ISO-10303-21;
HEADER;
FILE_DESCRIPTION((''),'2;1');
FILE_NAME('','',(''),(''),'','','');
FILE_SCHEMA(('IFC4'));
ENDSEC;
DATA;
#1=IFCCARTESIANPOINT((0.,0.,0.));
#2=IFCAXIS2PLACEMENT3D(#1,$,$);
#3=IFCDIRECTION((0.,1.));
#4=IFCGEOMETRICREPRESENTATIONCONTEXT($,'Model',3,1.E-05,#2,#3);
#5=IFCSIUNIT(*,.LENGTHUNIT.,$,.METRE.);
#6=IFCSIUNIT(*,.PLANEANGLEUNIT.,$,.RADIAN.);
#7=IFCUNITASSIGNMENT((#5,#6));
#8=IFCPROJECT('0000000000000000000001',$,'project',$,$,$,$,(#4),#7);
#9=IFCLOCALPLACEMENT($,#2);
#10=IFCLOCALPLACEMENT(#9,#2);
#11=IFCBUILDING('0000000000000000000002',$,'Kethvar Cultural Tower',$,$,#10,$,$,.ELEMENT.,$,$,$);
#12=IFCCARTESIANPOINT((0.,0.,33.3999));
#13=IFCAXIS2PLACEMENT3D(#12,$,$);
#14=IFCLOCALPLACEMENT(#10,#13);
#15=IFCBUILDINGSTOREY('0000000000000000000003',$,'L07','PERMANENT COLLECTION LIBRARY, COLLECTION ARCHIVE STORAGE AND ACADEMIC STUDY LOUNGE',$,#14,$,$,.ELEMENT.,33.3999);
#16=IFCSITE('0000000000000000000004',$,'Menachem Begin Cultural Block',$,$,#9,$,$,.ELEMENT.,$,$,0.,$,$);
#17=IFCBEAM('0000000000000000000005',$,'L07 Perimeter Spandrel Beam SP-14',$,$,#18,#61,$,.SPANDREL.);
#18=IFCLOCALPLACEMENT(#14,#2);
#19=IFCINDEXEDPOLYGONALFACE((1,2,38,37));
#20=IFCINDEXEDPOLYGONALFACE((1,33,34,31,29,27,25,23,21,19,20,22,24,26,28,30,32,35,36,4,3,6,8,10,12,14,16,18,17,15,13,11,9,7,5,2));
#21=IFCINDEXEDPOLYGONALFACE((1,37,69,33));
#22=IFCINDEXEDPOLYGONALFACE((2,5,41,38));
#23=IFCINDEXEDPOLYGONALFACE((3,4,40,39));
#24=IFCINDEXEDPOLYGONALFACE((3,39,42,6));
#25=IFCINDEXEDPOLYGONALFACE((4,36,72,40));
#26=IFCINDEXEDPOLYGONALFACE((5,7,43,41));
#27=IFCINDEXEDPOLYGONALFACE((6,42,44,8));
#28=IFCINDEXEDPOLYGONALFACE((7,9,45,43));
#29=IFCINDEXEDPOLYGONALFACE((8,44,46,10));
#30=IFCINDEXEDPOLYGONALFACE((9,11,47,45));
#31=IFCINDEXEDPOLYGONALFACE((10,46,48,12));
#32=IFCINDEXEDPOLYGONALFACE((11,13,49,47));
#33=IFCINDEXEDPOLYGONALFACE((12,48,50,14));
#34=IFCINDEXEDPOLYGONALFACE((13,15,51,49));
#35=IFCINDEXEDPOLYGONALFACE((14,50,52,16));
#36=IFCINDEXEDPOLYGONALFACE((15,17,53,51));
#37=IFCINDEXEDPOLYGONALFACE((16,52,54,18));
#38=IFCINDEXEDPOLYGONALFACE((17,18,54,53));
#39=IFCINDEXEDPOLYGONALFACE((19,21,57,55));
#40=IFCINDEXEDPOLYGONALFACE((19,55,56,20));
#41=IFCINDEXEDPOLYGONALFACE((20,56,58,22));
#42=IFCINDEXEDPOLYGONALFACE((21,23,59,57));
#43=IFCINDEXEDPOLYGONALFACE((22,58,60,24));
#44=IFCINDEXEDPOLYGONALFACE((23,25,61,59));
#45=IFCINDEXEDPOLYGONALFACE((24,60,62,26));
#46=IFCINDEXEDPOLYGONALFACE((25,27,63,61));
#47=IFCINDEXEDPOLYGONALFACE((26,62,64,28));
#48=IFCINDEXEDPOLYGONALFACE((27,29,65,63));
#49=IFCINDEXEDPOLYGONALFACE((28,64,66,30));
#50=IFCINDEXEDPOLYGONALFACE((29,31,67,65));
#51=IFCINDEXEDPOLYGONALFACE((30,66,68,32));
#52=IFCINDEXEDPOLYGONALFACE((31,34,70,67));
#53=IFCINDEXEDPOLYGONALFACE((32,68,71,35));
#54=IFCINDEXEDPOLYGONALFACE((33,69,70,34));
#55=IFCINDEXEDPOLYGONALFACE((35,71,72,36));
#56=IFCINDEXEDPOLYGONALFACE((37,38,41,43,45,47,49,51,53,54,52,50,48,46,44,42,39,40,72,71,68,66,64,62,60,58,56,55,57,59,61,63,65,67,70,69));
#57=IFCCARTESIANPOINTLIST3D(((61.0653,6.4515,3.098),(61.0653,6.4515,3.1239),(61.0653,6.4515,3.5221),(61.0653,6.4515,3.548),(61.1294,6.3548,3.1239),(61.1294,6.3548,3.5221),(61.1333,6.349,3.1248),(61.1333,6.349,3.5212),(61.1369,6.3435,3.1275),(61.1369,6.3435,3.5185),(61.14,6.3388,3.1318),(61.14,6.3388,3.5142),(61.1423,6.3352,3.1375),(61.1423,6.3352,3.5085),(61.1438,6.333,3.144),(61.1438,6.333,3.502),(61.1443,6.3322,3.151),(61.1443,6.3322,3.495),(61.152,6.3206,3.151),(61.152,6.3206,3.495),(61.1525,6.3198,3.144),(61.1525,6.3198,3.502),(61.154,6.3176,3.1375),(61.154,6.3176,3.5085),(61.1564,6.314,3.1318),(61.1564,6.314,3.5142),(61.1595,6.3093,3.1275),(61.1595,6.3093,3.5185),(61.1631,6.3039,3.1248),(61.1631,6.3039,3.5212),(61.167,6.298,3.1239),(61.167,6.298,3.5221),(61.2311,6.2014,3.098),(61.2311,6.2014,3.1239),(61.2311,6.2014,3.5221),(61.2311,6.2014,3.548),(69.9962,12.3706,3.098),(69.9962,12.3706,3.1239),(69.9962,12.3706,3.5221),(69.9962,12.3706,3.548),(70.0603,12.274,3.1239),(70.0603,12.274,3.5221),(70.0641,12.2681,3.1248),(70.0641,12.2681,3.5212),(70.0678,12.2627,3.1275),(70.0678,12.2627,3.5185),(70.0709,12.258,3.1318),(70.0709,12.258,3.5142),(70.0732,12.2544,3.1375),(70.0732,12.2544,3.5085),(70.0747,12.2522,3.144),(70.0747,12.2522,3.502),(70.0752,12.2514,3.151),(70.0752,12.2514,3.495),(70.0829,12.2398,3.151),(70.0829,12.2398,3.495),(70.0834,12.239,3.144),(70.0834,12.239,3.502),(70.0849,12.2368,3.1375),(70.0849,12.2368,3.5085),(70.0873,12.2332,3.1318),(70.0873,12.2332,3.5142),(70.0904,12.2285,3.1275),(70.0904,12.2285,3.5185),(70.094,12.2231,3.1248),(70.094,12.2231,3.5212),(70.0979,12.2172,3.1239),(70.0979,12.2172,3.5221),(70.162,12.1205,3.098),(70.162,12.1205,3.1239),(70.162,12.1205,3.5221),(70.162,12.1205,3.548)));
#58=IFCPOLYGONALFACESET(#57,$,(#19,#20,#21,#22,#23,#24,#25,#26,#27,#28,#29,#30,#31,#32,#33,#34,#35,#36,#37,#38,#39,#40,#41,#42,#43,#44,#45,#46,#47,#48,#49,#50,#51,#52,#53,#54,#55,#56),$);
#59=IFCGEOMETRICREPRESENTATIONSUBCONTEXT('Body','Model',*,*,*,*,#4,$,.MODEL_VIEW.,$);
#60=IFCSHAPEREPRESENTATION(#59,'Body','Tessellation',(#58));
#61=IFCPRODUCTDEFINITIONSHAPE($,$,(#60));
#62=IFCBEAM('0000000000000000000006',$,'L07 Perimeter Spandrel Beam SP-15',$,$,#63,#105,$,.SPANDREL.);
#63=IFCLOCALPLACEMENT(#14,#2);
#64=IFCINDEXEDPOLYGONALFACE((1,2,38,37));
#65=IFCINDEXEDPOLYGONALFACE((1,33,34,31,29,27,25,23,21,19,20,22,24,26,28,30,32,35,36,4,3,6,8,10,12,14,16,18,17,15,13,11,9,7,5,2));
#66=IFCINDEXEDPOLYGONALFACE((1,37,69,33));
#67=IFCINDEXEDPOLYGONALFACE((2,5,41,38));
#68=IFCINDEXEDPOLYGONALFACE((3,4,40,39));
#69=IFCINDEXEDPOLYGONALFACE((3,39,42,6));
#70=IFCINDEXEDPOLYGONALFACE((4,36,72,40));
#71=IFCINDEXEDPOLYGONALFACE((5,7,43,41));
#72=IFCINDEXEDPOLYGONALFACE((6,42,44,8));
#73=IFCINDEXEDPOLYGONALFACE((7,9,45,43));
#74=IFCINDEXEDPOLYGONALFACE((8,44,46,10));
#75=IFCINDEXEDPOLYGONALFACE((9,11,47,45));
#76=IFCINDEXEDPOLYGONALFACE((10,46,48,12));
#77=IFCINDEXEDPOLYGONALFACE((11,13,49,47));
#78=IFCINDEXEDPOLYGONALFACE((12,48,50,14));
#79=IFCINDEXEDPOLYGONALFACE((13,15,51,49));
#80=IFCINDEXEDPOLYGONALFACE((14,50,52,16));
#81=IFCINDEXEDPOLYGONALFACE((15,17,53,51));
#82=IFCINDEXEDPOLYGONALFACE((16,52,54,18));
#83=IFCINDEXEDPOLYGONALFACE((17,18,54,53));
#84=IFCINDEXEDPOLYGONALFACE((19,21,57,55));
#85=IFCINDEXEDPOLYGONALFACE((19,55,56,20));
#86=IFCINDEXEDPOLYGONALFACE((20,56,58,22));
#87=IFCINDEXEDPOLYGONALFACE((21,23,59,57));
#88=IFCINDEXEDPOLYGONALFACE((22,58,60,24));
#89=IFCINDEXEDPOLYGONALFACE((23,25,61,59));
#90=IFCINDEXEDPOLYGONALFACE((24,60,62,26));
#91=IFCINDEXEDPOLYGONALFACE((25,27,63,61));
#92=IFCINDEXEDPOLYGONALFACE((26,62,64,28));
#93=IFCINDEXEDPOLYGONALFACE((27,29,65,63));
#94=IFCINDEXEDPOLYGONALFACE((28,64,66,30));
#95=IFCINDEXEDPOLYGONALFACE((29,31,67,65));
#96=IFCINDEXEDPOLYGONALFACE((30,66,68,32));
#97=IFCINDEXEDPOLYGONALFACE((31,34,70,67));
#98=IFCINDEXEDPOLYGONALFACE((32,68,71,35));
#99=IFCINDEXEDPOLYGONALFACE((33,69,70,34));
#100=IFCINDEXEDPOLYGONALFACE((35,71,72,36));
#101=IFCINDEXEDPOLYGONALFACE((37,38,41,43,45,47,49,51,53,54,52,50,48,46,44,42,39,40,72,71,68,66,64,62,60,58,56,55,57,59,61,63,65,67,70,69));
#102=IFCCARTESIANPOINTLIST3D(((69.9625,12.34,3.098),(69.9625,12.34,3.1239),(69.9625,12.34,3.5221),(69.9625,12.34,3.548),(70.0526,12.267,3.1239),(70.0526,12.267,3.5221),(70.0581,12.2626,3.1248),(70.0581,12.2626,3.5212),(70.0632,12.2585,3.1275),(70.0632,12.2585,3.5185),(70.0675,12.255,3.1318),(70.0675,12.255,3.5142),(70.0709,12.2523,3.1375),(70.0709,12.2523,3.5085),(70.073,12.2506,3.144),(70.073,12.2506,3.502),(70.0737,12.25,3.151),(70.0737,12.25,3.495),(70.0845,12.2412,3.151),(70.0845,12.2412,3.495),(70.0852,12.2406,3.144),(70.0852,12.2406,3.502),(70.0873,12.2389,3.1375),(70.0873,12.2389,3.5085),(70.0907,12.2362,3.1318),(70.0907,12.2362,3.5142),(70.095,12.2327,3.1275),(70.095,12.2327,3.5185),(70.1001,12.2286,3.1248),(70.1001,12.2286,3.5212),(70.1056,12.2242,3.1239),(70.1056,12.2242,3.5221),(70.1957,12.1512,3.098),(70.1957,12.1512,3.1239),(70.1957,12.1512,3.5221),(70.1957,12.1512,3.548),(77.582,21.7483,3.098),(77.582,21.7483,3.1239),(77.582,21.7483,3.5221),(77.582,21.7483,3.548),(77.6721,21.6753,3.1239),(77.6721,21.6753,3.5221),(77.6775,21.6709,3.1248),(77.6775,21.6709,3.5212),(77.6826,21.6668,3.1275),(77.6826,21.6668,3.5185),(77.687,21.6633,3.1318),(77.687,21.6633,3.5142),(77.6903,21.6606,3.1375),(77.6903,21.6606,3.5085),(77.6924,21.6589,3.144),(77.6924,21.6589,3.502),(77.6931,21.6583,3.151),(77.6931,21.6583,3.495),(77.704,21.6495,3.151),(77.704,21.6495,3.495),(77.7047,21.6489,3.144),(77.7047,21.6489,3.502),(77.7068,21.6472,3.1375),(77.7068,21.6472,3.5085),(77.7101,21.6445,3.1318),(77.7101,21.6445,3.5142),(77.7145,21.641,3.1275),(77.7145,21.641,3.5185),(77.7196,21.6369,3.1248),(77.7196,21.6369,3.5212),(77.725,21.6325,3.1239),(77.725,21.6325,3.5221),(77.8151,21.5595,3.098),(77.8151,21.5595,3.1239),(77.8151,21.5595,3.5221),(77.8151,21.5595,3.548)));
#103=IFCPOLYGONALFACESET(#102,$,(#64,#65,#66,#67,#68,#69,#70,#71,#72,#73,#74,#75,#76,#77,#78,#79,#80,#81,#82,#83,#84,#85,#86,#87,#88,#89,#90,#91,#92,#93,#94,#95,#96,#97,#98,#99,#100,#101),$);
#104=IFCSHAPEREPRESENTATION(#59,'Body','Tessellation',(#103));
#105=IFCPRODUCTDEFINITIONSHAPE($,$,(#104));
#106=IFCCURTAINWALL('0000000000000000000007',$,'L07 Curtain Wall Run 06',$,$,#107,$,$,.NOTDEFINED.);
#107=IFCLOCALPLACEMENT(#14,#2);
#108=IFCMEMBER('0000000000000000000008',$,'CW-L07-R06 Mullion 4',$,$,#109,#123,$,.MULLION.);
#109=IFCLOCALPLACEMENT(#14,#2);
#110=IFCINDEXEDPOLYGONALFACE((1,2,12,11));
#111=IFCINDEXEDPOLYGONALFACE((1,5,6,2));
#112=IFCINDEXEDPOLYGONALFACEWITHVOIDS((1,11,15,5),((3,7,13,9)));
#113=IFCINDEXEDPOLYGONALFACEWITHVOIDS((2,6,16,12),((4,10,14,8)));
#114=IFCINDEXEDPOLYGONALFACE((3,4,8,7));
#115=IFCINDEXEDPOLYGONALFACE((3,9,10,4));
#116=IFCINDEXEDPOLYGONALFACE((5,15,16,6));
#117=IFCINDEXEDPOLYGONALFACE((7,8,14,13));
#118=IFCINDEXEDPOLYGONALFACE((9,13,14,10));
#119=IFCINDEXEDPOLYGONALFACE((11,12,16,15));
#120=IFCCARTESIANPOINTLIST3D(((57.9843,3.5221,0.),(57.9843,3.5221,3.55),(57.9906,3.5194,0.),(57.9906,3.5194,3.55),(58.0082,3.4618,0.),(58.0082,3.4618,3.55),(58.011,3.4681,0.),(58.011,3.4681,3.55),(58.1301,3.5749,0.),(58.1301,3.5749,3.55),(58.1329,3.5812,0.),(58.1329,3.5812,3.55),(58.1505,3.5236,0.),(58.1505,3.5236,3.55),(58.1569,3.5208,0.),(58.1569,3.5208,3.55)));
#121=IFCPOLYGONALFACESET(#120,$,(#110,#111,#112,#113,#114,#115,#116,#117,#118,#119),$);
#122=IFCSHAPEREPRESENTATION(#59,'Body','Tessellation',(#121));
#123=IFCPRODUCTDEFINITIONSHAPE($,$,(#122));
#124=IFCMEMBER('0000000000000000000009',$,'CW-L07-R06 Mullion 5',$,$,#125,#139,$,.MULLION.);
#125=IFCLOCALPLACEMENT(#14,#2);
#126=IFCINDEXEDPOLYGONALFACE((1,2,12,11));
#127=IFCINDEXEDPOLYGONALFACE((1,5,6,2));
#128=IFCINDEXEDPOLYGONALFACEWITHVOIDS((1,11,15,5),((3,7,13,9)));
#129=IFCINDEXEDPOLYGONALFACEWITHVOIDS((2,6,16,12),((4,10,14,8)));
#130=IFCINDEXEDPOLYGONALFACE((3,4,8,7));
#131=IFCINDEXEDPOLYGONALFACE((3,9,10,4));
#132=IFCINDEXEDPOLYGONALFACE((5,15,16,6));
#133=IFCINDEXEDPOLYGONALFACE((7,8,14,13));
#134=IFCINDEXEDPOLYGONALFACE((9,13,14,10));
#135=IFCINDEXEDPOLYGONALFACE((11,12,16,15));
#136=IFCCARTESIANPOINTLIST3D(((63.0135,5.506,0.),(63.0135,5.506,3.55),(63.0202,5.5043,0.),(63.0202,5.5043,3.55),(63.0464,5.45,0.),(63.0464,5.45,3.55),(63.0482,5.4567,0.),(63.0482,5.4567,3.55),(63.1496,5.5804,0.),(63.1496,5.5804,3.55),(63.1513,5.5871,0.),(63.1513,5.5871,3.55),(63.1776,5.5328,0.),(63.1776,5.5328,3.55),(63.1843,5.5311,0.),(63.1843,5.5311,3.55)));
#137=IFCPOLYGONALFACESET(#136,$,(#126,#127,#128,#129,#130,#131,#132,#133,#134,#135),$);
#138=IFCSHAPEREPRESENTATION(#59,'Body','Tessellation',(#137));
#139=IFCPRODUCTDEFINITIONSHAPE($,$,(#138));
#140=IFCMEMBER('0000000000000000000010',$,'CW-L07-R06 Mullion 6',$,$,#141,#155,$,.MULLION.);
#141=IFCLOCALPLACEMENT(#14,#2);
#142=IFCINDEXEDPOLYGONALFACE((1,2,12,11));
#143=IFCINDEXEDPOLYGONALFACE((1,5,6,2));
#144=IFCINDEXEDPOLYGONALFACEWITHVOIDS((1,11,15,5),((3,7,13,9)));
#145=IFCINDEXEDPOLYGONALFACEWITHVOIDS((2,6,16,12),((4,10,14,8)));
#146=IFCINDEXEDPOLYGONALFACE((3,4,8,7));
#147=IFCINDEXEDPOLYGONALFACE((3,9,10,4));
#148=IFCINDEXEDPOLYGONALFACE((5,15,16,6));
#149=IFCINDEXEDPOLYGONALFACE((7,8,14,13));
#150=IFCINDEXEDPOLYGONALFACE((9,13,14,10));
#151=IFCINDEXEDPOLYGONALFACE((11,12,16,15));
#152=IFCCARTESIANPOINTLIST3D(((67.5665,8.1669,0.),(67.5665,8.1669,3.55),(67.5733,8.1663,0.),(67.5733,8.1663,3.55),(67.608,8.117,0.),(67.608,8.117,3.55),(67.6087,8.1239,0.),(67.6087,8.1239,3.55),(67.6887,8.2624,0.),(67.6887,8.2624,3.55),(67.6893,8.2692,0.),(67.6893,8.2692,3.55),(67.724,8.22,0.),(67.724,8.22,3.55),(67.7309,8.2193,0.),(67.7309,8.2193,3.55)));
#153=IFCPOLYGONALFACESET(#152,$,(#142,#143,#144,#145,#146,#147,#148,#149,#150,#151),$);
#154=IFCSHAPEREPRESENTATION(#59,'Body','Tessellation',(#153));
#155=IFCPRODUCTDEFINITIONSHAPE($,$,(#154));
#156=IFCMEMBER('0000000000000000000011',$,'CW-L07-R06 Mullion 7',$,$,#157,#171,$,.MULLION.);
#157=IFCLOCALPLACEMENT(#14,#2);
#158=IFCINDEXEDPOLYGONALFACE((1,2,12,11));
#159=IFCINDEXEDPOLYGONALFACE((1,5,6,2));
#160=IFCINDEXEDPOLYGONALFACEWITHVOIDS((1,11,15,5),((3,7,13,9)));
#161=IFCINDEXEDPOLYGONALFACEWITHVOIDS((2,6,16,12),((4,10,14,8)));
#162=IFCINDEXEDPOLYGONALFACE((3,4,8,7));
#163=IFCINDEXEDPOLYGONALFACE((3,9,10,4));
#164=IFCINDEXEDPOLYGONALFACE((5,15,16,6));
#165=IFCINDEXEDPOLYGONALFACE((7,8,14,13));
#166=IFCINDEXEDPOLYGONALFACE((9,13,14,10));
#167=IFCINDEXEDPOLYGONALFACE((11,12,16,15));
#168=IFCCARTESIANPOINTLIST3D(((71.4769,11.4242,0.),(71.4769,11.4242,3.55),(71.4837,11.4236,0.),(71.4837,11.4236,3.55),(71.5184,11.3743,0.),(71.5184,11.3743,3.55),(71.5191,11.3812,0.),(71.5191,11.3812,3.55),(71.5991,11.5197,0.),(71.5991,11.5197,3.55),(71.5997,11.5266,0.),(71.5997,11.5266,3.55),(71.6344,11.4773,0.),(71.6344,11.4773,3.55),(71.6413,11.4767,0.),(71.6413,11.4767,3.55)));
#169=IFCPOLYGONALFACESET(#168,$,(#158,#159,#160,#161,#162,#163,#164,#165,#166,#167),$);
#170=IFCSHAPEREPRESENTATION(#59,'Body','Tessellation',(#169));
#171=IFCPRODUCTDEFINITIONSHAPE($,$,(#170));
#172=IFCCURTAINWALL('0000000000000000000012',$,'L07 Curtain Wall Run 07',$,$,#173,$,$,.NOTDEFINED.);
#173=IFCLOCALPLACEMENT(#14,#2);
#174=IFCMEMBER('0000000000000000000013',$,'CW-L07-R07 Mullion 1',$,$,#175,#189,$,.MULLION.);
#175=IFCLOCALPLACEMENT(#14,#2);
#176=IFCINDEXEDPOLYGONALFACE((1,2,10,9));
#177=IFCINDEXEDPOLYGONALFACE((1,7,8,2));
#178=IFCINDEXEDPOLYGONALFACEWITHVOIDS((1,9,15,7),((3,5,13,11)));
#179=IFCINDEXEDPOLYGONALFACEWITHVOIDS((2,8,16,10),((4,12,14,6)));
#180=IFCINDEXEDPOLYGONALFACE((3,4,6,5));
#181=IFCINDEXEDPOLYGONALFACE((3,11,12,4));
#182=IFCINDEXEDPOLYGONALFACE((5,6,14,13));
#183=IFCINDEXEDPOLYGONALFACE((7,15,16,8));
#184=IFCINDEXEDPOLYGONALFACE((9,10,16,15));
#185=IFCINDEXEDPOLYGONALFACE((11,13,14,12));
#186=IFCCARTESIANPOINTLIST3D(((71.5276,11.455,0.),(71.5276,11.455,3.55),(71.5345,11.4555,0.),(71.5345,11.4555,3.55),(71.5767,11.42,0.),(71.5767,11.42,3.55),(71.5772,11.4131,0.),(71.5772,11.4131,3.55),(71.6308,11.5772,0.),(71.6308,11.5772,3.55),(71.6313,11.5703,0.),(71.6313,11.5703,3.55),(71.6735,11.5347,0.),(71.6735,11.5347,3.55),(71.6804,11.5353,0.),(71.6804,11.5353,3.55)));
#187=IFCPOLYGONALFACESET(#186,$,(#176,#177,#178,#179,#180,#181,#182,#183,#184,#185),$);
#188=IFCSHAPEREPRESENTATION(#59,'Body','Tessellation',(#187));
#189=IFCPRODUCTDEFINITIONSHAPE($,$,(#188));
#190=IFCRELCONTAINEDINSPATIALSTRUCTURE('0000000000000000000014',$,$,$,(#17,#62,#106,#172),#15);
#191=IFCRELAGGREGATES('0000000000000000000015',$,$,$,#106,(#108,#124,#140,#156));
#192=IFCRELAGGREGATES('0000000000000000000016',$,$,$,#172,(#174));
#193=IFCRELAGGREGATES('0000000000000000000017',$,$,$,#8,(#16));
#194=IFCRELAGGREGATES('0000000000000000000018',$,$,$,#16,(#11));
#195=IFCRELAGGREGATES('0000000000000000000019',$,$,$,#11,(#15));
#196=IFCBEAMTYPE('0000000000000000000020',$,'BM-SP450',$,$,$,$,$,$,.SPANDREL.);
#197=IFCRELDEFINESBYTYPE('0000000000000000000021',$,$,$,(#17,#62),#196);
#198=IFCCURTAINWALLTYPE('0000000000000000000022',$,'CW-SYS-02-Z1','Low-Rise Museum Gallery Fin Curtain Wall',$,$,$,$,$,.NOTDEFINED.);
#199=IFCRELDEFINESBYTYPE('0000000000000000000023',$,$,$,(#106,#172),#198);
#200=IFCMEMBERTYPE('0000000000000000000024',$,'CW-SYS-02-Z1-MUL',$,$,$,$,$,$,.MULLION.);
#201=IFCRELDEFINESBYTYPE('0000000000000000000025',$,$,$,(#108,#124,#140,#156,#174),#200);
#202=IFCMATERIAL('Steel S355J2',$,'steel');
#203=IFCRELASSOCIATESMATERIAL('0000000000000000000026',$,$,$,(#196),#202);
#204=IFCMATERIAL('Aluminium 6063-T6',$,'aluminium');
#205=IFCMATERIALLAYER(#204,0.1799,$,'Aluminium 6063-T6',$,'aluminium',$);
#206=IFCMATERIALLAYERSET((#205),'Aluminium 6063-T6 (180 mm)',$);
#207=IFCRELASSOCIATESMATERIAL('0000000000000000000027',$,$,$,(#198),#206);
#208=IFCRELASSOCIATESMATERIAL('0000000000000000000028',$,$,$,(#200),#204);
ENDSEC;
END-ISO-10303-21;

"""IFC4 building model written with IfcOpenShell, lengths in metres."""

from ifc_helpers import new_model, si_unit, direction, frame, origin, origin_2d, place, context, subcontext, project, spatial, hollow_rectangle, i_section, extrude, source, transform, mapped, material, layer, layer_set, material_profile, profile_set, type_object, element, aggregate, save


model = new_model("IFC4")

# Units and contexts
model_context = context("Model", 3, precision=1e-05, world=origin(), true_north=direction((0.0, 1.0)))
body_context = subcontext(model_context, "Body", "Model", "MODEL_VIEW")
ifc_project = project(units=[si_unit("LENGTHUNIT", "METRE"), si_unit("PLANEANGLEUNIT", "RADIAN")], contexts=[model_context])

# Site, building, storey
site_placement = place(None, origin())
site = spatial("IfcSite", under=ifc_project, at=site_placement, Name="Menachem Begin Cultural Block", CompositionType="ELEMENT", RefElevation=0.0)
building_placement = place(site_placement, origin())
building = spatial("IfcBuilding", under=site, at=building_placement, Name="Kethvar Cultural Tower", CompositionType="ELEMENT")
storey_placement = place(building_placement, frame((0.0, 0.0, 33.3999)))
storey = spatial("IfcBuildingStorey", under=building, at=storey_placement, Name="L07", Description="PERMANENT COLLECTION LIBRARY, COLLECTION ARCHIVE STORAGE AND ACADEMIC STUDY LOUNGE", CompositionType="ELEMENT", Elevation=33.3999)

# Beams
ifc_material_1 = material(Name="Steel S355J2", Category="steel")
ifc_material_profile_1 = material_profile(ifc_material_1, i_section(OverallWidth=0.3, OverallDepth=0.45, WebThickness=0.0139, FlangeThickness=0.0259, FilletRadius=0.0271, at=origin_2d()), Name="Steel S355J2 — HEB450")
ifc_profile_set_1 = profile_set([ifc_material_profile_1], Name="Steel S355J2 — HEB450")
beam_type_1 = type_object("IfcBeamType", Name="BM-SP450", PredefinedType="SPANDREL", material=ifc_profile_set_1)
shared_shape_1 = source(origin(), body_context, "Body", "SweptSolid", [
    extrude(i_section(OverallWidth=0.3, OverallDepth=0.45, WebThickness=0.0139, FlangeThickness=0.0259, FilletRadius=0.0271, at=origin_2d()), origin(), (0.0, 0.0, 1.0), 10.7144),
])
beam_1_placement = place(storey_placement, frame((61.1482, 6.3264, 3.323), z_axis=(0.833544, 0.552453, 0.0), x_axis=(-0.552453, 0.833544, 0.0)))
element("IfcBeam", 1, at=beam_1_placement, inside=storey, type_object=beam_type_1, Name="L07 Perimeter Spandrel Beam SP-14", PredefinedType="SPANDREL", context=body_context, shape_type="MappedRepresentation", body=[
    mapped(shared_shape_1, transform((0.0, 0.0, 0.0), scale=1.0)),
])
shared_shape_2 = source(origin(), body_context, "Body", "SweptSolid", [
    extrude(i_section(OverallWidth=0.3, OverallDepth=0.45, WebThickness=0.0139, FlangeThickness=0.0259, FilletRadius=0.0271, at=origin_2d()), origin(), (0.0, 0.0, 1.0), 12.1067),
])
beam_2_placement = place(storey_placement, frame((70.0791, 12.2456, 3.323), z_axis=(0.629359, 0.777115, 0.0), x_axis=(-0.777115, 0.629359, 0.0)))
element("IfcBeam", 2, at=beam_2_placement, inside=storey, type_object=beam_type_1, Name="L07 Perimeter Spandrel Beam SP-15", PredefinedType="SPANDREL", context=body_context, shape_type="MappedRepresentation", body=[
    mapped(shared_shape_2, transform((0.0, 0.0, 0.0), scale=1.0)),
])

# Curtain wall, members
ifc_material_2 = material(Name="Aluminium 6063-T6", Category="aluminium")
ifc_layer_1 = layer(ifc_material_2, 0.1799, Name="Aluminium 6063-T6", Category="aluminium")
ifc_layer_set_1 = layer_set([ifc_layer_1], Name="Aluminium 6063-T6 (180 mm)")
curtain_wall_type = type_object("IfcCurtainWallType", Name="CW-SYS-02-Z1", Description="Low-Rise Museum Gallery Fin Curtain Wall", PredefinedType="NOTDEFINED", material=ifc_layer_set_1)
curtain_wall_1_placement = place(storey_placement, origin())
curtain_wall_1 = element("IfcCurtainWall", 3, at=curtain_wall_1_placement, inside=storey, type_object=curtain_wall_type, Name="L07 Curtain Wall Run 06", PredefinedType="NOTDEFINED")
ifc_material_profile_2 = material_profile(ifc_material_2, hollow_rectangle(XDim=0.0649, YDim=0.1599, WallThickness=0.0049, at=origin_2d()), Name="Aluminium 6063-T6 — RHS160x65x5")
ifc_profile_set_2 = profile_set([ifc_material_profile_2], Name="Aluminium 6063-T6 — RHS160x65x5")
member_type_1 = type_object("IfcMemberType", Name="CW-SYS-02-Z1-MUL", PredefinedType="MULLION", material=ifc_profile_set_2)
shared_shape_3 = source(origin(), body_context, "Body", "SweptSolid", [
    extrude(hollow_rectangle(XDim=0.0649, YDim=0.1599, WallThickness=0.0049, at=origin_2d()), origin(), (0.0, 0.0, 1.0), 3.55),
])
member_1_placement = place(storey_placement, frame((58.0706, 3.5215, 0.0), z_axis=(0.0, 0.0, 1.0), x_axis=(-0.369374, 0.929281, 0.0)))
member_1 = element("IfcMember", 4, at=member_1_placement, type_object=member_type_1, Name="CW-L07-R06 Mullion 4", PredefinedType="MULLION", context=body_context, shape_type="MappedRepresentation", body=[
    mapped(shared_shape_3, transform((0.0, 0.0, 0.0), scale=1.0)),
])
member_2_placement = place(storey_placement, frame((63.0989, 5.5186, 0.0), z_axis=(0.0, 0.0, 1.0), x_axis=(-0.507012, 0.861939, 0.0)))
member_2 = element("IfcMember", 5, at=member_2_placement, type_object=member_type_1, Name="CW-L07-R06 Mullion 5", PredefinedType="MULLION", context=body_context, shape_type="MappedRepresentation", body=[
    mapped(shared_shape_3, transform((0.0, 0.0, 0.0), scale=1.0)),
])
member_3_placement = place(storey_placement, frame((67.6487, 8.1931, 0.0), z_axis=(0.0, 0.0, 1.0), x_axis=(-0.640016, 0.768362, 0.0)))
member_3 = element("IfcMember", 6, at=member_3_placement, type_object=member_type_1, Name="CW-L07-R06 Mullion 6", PredefinedType="MULLION", context=body_context, shape_type="MappedRepresentation", body=[
    mapped(shared_shape_3, transform((0.0, 0.0, 0.0), scale=1.0)),
])
member_4_placement = place(storey_placement, frame((71.5591, 11.4504, 0.0), z_axis=(0.0, 0.0, 1.0), x_axis=(-0.640016, 0.768362, 0.0)))
member_4 = element("IfcMember", 7, at=member_4_placement, type_object=member_type_1, Name="CW-L07-R06 Mullion 7", PredefinedType="MULLION", context=body_context, shape_type="MappedRepresentation", body=[
    mapped(shared_shape_3, transform((0.0, 0.0, 0.0), scale=1.0)),
])

# Curtain wall, member
curtain_wall_2_placement = place(storey_placement, origin())
curtain_wall_2 = element("IfcCurtainWall", 8, at=curtain_wall_2_placement, inside=storey, type_object=curtain_wall_type, Name="L07 Curtain Wall Run 07", PredefinedType="NOTDEFINED")
member_5_placement = place(storey_placement, frame((71.604, 11.4951, 0.0), z_axis=(0.0, 0.0, 1.0), x_axis=(-0.764134, 0.645058, 0.0)))
member_5 = element("IfcMember", 9, at=member_5_placement, type_object=member_type_1, Name="CW-L07-R07 Mullion 1", PredefinedType="MULLION", context=body_context, shape_type="MappedRepresentation", body=[
    mapped(shared_shape_3, transform((0.0, 0.0, 0.0), scale=1.0)),
])

aggregate(curtain_wall_1, [member_1, member_2, member_3, member_4])
aggregate(curtain_wall_2, [member_5])

save(model, "model.ifc")
